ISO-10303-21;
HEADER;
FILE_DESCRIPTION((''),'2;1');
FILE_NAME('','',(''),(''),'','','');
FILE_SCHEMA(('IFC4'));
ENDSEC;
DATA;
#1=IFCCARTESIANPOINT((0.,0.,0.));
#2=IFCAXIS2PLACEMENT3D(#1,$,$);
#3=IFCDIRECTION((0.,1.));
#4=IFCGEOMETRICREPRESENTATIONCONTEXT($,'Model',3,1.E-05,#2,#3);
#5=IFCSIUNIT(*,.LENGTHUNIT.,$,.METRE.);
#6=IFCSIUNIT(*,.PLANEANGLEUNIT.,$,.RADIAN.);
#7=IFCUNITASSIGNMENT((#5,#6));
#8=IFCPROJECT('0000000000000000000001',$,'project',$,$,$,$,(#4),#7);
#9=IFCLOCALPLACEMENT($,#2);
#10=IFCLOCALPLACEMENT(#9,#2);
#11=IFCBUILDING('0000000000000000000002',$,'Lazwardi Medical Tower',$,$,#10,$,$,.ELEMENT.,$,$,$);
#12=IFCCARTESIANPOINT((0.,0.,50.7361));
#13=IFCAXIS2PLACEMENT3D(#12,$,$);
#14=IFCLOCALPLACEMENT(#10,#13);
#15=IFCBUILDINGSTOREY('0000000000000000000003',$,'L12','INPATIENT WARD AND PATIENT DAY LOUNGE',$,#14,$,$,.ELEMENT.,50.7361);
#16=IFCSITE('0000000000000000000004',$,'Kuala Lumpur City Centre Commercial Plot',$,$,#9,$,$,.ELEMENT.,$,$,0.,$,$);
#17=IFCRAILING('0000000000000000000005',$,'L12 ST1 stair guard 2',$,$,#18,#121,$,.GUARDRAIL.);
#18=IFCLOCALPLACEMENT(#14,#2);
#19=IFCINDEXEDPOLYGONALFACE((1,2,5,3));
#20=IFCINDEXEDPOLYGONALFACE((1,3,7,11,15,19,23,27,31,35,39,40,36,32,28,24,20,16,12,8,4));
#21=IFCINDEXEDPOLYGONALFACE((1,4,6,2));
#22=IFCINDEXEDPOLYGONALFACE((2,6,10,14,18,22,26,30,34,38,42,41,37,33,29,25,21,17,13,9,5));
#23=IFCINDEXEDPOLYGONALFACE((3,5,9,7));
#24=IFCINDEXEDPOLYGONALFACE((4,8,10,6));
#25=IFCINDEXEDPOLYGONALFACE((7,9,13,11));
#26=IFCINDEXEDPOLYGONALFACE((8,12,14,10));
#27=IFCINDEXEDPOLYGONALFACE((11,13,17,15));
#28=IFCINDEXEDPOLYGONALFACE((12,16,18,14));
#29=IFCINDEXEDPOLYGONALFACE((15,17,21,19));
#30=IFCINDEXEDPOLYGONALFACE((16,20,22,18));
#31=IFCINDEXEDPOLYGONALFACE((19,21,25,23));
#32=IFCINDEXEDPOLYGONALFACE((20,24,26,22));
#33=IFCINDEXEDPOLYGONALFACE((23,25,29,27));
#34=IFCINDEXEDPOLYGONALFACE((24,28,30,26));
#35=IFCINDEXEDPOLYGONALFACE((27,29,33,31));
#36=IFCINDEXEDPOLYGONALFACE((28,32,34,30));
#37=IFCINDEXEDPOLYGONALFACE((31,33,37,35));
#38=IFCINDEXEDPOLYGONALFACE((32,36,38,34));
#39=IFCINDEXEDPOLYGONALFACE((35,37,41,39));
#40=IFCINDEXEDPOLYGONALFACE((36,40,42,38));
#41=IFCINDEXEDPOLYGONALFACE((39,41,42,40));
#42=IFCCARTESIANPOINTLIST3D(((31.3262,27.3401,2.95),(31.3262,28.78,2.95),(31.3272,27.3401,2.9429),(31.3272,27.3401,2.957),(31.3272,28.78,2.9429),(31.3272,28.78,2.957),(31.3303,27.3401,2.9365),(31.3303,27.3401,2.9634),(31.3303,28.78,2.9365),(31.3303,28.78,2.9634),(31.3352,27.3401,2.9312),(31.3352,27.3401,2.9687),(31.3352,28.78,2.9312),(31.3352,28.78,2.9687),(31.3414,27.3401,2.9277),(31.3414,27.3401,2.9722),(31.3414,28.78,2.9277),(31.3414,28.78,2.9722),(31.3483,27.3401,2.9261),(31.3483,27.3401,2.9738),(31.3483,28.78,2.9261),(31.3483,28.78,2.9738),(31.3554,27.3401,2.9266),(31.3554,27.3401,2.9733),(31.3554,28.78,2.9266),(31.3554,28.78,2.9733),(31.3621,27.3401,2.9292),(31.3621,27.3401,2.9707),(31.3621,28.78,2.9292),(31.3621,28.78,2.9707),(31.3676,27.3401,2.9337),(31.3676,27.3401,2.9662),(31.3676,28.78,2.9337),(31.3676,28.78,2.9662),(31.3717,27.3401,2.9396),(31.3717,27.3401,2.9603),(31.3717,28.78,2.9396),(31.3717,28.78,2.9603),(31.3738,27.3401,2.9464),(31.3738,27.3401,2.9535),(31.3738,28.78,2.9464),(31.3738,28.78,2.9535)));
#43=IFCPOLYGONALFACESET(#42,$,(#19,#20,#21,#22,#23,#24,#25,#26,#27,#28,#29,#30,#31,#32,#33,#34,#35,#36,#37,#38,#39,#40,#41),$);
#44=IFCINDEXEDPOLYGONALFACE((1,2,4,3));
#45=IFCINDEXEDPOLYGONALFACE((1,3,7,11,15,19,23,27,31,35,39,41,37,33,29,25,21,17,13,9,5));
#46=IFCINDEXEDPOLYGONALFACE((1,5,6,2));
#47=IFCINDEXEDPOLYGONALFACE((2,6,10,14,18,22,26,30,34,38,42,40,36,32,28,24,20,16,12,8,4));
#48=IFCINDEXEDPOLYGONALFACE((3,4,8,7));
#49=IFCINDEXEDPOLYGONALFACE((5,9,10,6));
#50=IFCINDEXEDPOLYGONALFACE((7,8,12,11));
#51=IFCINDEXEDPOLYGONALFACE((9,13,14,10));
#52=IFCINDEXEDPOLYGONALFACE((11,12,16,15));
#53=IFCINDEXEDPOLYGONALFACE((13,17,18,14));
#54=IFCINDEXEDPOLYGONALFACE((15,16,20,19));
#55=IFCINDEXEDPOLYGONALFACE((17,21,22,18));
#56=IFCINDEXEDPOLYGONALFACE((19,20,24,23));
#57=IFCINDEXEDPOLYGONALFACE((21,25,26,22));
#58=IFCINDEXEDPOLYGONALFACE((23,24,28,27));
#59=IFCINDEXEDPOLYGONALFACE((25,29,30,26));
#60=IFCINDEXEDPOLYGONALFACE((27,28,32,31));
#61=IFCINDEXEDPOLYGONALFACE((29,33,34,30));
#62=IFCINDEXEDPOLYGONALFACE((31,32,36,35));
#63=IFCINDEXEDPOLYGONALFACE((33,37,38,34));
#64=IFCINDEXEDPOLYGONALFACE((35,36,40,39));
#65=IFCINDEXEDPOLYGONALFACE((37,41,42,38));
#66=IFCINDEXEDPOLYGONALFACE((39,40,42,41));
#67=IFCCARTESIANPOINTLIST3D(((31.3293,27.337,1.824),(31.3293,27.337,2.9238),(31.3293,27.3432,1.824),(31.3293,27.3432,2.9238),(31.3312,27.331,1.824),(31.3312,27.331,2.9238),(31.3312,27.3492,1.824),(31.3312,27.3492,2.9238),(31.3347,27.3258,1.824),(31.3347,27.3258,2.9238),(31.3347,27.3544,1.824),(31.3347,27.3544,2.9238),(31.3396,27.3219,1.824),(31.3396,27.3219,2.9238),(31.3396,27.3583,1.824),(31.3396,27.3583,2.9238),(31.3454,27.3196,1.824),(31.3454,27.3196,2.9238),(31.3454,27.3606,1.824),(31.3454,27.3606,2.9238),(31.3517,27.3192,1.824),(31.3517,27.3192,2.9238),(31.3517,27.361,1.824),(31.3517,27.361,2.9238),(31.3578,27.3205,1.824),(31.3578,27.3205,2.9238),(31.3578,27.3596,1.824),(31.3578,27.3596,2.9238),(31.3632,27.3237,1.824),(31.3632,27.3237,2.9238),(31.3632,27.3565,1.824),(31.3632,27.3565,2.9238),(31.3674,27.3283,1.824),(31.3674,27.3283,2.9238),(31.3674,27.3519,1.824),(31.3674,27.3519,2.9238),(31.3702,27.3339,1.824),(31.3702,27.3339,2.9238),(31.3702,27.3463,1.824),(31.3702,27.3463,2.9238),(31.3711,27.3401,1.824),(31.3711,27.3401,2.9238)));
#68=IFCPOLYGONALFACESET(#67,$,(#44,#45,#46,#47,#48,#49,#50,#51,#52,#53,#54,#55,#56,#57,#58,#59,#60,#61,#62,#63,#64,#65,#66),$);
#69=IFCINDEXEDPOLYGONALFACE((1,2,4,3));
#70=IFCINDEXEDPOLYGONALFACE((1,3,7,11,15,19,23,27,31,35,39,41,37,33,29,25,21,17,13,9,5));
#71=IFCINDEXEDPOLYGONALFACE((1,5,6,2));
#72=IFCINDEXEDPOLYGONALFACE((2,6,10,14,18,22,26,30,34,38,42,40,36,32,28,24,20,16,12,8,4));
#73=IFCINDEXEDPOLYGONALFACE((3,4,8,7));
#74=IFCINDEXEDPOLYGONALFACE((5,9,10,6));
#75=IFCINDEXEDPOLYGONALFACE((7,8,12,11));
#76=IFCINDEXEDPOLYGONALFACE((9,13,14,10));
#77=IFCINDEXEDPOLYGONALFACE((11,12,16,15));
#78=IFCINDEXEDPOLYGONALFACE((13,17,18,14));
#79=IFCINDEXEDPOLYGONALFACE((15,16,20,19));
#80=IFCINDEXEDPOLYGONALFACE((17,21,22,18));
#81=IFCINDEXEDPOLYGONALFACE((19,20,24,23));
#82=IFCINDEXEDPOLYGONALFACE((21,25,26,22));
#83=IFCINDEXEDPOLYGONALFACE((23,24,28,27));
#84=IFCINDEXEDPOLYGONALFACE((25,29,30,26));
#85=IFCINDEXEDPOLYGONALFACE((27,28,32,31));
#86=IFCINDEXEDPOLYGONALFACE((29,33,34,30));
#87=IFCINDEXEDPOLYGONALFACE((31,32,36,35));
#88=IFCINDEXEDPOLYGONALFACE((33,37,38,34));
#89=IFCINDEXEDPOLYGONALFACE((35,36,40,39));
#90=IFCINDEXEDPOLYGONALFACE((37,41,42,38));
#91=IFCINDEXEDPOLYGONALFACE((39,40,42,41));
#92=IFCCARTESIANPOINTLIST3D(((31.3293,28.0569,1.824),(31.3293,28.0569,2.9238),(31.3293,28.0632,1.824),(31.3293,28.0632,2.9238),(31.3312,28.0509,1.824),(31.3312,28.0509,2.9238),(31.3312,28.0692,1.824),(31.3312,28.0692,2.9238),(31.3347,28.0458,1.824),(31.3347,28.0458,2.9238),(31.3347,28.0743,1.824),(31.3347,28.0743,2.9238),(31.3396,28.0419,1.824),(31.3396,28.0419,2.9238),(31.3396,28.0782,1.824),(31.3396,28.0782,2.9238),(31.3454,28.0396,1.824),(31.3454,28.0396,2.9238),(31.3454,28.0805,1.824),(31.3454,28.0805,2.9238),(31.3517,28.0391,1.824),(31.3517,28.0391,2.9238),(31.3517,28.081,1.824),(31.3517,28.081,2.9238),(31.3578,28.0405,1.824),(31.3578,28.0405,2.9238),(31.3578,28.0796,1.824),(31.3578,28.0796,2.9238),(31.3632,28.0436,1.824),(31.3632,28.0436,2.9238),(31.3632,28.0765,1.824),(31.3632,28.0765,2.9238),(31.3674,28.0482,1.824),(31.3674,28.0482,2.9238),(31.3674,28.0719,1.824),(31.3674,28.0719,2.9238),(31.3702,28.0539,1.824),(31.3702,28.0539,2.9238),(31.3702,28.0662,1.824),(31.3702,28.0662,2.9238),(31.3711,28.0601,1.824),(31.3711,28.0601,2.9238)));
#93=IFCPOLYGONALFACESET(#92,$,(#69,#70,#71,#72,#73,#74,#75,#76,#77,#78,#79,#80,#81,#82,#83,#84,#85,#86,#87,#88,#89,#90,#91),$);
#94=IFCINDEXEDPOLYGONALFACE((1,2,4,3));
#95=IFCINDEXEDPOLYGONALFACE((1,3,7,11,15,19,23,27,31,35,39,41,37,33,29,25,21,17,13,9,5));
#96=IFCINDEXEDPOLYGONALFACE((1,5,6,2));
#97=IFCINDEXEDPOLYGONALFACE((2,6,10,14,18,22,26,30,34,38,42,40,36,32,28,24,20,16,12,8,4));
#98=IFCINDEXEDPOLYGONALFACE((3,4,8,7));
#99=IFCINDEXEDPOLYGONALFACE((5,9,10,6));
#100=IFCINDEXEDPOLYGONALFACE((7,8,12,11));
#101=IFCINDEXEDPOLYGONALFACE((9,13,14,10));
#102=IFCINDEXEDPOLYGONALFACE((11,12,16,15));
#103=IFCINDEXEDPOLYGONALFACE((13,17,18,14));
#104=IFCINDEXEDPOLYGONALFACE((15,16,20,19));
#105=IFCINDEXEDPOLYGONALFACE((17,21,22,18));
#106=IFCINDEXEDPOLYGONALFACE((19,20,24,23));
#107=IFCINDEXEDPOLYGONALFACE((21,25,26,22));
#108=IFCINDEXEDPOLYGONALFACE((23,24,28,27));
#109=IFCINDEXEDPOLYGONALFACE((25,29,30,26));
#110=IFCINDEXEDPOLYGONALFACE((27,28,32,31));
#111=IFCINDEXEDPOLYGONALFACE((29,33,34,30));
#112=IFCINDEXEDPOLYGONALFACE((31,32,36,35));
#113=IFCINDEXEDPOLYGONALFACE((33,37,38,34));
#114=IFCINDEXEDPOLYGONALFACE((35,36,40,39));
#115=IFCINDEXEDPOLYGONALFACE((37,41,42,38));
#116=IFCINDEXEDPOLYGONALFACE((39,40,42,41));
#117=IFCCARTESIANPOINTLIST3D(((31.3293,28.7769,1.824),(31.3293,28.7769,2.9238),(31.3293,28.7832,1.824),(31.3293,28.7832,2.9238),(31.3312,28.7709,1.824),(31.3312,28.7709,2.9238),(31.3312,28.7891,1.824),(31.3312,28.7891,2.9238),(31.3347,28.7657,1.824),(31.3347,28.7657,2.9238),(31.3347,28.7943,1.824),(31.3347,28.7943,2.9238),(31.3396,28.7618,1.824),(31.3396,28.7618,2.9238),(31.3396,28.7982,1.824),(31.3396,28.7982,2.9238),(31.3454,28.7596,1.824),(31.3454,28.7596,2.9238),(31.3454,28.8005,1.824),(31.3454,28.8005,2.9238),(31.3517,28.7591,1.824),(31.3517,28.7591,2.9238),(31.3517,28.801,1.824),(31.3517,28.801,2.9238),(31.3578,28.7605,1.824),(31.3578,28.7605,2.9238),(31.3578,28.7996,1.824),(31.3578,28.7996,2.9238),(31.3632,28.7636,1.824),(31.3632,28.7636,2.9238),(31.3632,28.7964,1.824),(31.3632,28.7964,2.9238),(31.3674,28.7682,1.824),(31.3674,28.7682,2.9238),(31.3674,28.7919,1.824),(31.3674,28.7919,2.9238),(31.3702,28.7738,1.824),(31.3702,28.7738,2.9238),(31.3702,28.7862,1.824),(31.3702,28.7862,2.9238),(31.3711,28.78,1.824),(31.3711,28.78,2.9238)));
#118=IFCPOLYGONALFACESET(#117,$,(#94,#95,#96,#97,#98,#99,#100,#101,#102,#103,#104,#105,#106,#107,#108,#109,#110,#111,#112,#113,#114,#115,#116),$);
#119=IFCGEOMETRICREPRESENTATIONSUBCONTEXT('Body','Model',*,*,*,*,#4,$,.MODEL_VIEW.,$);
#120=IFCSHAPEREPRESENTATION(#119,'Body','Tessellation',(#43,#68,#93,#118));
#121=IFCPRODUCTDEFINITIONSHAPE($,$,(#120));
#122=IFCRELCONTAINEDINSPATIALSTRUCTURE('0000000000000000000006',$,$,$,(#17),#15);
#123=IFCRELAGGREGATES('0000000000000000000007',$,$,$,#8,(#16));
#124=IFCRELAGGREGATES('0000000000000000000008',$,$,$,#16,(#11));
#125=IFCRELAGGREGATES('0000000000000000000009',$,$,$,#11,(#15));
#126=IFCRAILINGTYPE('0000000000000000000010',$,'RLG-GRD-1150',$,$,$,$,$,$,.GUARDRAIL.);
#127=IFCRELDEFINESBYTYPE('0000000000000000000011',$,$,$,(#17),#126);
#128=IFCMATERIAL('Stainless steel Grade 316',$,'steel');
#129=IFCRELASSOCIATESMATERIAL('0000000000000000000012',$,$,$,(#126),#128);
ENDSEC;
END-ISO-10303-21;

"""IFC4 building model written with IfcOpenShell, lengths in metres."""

from ifc_helpers import new_model, si_unit, direction, frame, origin, origin_2d, place, context, subcontext, project, spatial, circle, extrude, material, type_object, element, save


model = new_model("IFC4")

# Units and contexts
model_context = context("Model", 3, precision=1e-05, world=origin(), true_north=direction((0.0, 1.0)))
body_context = subcontext(model_context, "Body", "Model", "MODEL_VIEW")
ifc_project = project(units=[si_unit("LENGTHUNIT", "METRE"), si_unit("PLANEANGLEUNIT", "RADIAN")], contexts=[model_context])

# Site, building, storey
site_placement = place(None, origin())
site = spatial("IfcSite", under=ifc_project, at=site_placement, Name="Kuala Lumpur City Centre Commercial Plot", CompositionType="ELEMENT", RefElevation=0.0)
building_placement = place(site_placement, origin())
building = spatial("IfcBuilding", under=site, at=building_placement, Name="Lazwardi Medical Tower", CompositionType="ELEMENT")
storey_placement = place(building_placement, frame((0.0, 0.0, 50.7361)))
storey = spatial("IfcBuildingStorey", under=building, at=storey_placement, Name="L12", Description="INPATIENT WARD AND PATIENT DAY LOUNGE", CompositionType="ELEMENT", Elevation=50.7361)

# Railing
ifc_material_1 = material(Name="Stainless steel Grade 316", Category="steel")
railing_type_1 = type_object("IfcRailingType", Name="RLG-GRD-1150", PredefinedType="GUARDRAIL", material=ifc_material_1)
railing_1_placement = place(storey_placement, frame((31.3501, 27.3401, 1.824)))
element("IfcRailing", 1, at=railing_1_placement, inside=storey, type_object=railing_type_1, Name="L12 ST1 stair guard 2", PredefinedType="GUARDRAIL", context=body_context, shape_type="SweptSolid", body=[
    extrude(circle(Radius=0.0239, at=origin_2d()), frame((0.0, 0.0, 1.126), z_axis=(0.0, 1.0, 0.0), x_axis=(-1.0, 0.0, 0.0)), (0.0, 0.0, 1.0), 1.4399),
    extrude(circle(Radius=0.021, at=origin_2d()), origin(), (0.0, 0.0, 1.0), 1.0999),
    extrude(circle(Radius=0.021, at=origin_2d()), frame((0.0, 0.72, 0.0)), (0.0, 0.0, 1.0), 1.0999),
    extrude(circle(Radius=0.021, at=origin_2d()), frame((0.0, 1.4399, 0.0)), (0.0, 0.0, 1.0), 1.0999),
])

save(model, "model.ifc")
